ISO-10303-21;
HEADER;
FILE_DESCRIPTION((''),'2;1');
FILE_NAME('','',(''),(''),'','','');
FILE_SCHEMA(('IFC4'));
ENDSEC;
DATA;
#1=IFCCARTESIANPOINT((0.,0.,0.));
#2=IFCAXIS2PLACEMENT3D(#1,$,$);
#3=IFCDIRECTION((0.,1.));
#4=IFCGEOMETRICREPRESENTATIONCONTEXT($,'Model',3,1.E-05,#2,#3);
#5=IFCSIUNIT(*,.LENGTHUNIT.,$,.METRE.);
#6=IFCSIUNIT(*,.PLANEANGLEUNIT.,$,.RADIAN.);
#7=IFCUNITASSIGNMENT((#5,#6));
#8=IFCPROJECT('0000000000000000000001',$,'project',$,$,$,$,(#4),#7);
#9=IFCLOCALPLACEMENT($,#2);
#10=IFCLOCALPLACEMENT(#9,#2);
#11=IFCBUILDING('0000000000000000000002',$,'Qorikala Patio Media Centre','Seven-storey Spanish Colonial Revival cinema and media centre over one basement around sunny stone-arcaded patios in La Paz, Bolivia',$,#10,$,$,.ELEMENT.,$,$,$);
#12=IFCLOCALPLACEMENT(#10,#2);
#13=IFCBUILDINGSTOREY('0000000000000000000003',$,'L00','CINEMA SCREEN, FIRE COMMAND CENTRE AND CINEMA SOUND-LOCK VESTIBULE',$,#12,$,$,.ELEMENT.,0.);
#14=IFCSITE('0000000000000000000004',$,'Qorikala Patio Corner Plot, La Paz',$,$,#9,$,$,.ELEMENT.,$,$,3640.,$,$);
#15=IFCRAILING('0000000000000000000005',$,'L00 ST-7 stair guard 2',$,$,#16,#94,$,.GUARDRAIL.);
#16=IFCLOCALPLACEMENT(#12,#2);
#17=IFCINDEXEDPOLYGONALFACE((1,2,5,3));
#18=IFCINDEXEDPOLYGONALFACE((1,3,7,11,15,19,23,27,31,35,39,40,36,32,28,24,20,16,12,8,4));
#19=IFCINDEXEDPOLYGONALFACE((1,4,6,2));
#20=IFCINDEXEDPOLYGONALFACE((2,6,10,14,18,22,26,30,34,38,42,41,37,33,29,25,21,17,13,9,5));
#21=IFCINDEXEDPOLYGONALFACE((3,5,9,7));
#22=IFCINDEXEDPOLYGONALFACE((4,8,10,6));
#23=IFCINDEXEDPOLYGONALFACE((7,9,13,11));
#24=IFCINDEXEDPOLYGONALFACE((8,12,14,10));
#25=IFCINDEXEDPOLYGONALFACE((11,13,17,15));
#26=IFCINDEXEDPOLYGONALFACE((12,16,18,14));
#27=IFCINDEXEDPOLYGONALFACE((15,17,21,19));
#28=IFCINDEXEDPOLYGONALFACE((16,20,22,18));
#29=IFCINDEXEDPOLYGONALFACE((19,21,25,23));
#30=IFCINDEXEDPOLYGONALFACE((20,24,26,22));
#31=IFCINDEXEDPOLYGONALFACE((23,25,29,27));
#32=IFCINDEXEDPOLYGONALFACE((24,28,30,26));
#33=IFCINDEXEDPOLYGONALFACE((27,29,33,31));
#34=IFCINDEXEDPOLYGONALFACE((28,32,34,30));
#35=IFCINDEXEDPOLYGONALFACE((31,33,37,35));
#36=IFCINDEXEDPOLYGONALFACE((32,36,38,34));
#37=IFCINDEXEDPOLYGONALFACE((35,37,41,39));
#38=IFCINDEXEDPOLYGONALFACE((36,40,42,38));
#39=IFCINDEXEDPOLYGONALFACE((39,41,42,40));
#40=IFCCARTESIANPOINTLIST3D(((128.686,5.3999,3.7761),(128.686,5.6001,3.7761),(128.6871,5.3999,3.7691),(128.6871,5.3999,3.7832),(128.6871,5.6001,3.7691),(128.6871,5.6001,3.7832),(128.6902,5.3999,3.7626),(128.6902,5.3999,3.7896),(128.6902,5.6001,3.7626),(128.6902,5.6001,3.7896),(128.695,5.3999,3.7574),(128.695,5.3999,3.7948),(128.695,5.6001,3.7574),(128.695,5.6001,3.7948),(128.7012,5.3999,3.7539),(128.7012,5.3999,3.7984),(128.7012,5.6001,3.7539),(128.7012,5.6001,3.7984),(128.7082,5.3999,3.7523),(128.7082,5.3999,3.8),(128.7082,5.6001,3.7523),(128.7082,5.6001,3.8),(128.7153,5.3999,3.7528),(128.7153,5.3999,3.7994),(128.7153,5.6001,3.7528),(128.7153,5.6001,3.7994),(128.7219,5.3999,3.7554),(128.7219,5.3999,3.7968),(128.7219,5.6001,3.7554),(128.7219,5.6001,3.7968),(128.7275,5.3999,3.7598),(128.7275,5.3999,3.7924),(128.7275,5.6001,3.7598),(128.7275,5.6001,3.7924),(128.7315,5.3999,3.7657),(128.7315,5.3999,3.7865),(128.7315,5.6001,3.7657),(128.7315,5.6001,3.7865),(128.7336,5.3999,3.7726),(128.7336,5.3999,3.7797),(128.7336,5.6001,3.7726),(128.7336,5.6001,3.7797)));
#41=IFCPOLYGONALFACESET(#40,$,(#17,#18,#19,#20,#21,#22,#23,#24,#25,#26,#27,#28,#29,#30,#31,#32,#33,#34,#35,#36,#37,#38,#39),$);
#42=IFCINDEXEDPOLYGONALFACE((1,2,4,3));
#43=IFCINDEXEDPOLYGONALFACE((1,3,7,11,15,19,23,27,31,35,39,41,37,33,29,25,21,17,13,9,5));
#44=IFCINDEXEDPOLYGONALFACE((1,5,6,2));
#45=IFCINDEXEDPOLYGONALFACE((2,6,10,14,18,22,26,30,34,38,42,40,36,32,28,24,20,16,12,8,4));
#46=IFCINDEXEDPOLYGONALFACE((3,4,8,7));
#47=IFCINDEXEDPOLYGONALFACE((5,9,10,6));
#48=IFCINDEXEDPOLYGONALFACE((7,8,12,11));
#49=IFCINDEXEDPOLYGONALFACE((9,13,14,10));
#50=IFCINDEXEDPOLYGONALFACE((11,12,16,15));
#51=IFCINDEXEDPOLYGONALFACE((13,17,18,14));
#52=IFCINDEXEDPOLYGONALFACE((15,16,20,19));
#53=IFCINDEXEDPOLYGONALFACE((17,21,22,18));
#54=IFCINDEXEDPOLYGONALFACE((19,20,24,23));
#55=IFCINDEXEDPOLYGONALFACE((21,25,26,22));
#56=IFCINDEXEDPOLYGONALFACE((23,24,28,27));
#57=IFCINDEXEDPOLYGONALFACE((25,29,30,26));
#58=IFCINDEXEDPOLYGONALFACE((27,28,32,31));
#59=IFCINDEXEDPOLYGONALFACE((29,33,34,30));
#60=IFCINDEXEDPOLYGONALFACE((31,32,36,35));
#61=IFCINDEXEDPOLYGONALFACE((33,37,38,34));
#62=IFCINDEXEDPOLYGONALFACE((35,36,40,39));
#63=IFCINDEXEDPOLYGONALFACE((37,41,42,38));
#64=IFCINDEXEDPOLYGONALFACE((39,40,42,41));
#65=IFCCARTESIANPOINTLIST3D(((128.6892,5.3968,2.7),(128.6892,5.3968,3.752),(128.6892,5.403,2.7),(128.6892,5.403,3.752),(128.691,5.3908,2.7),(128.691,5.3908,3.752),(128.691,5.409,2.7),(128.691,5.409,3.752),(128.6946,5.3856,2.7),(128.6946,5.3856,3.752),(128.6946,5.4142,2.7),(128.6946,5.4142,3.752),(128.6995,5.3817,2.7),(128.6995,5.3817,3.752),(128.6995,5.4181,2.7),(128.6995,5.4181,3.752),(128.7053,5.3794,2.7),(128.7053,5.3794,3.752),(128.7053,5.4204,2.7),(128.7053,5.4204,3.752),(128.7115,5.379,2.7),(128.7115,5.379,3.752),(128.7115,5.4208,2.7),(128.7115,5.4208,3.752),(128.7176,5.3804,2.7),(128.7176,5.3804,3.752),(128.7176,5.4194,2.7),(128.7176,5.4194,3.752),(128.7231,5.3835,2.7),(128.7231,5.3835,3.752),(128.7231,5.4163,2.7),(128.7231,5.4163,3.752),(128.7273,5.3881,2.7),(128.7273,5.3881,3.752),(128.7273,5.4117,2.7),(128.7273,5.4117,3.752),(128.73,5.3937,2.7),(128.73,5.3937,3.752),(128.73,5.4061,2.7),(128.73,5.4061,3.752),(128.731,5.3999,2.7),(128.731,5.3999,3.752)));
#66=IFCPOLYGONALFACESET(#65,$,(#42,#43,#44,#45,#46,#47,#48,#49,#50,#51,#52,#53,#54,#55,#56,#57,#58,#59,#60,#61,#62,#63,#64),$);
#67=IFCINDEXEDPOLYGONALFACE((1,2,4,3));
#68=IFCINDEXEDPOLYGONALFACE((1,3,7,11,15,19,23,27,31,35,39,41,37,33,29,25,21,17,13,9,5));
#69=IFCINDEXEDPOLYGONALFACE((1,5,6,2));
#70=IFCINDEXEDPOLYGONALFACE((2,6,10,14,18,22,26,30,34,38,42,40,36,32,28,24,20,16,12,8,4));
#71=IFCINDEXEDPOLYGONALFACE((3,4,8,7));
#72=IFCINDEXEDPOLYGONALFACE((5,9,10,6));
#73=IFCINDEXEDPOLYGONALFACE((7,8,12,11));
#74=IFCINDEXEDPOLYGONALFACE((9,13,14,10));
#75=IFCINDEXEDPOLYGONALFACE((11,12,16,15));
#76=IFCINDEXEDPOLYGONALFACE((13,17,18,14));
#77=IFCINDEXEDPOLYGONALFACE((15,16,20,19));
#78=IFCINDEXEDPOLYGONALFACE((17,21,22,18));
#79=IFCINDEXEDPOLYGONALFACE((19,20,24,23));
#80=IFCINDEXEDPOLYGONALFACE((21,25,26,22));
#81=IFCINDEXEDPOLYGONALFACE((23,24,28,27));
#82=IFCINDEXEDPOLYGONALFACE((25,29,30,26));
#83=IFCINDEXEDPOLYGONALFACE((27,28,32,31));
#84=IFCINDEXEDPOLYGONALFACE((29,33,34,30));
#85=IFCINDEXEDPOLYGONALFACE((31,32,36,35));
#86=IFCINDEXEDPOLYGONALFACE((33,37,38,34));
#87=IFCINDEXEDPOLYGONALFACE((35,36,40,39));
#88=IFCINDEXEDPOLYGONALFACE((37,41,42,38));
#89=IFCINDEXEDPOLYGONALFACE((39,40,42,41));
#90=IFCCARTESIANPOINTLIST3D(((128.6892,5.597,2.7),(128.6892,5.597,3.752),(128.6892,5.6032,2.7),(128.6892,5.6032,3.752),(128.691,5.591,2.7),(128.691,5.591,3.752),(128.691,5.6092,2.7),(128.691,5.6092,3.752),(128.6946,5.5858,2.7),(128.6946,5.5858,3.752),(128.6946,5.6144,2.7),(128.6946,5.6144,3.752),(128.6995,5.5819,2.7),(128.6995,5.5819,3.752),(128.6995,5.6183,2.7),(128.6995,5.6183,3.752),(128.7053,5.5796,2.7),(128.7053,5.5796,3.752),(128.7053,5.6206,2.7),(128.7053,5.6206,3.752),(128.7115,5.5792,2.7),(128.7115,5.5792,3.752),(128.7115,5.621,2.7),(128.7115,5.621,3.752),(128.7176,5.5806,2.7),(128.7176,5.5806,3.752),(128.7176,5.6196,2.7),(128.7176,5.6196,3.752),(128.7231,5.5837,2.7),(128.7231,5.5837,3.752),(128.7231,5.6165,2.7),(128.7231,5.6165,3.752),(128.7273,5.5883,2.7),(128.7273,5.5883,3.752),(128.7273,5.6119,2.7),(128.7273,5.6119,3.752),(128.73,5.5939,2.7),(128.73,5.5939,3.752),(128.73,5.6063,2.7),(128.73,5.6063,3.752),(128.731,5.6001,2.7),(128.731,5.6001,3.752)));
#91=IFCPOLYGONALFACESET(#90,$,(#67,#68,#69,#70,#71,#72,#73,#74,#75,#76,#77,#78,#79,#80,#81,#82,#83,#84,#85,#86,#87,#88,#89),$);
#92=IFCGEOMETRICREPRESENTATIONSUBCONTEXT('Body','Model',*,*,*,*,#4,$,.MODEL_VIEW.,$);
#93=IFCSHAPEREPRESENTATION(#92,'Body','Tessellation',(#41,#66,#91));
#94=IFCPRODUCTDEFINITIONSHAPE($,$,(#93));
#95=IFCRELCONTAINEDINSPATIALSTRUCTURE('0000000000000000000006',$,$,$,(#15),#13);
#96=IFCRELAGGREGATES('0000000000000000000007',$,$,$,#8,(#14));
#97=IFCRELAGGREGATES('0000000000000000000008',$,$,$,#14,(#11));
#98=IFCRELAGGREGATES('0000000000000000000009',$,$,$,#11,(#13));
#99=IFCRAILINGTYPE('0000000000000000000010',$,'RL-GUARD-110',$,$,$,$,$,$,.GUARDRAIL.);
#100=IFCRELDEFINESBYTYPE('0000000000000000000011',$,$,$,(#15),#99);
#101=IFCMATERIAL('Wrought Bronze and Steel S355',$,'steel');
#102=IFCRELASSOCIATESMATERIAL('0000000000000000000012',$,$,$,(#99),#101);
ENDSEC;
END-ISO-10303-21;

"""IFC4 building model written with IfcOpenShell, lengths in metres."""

from ifc_helpers import new_model, si_unit, direction, frame, origin, origin_2d, place, context, subcontext, project, spatial, circle, extrude, material, type_object, element, save


model = new_model("IFC4")

# Units and contexts
model_context = context("Model", 3, precision=1e-05, world=origin(), true_north=direction((0.0, 1.0)))
body_context = subcontext(model_context, "Body", "Model", "MODEL_VIEW")
ifc_project = project(units=[si_unit("LENGTHUNIT", "METRE"), si_unit("PLANEANGLEUNIT", "RADIAN")], contexts=[model_context])

# Site, building, storey
site_placement = place(None, origin())
site = spatial("IfcSite", under=ifc_project, at=site_placement, Name="Qorikala Patio Corner Plot, La Paz", CompositionType="ELEMENT", RefElevation=3640.0)
building_placement = place(site_placement, origin())
building = spatial("IfcBuilding", under=site, at=building_placement, Name="Qorikala Patio Media Centre", Description="Seven-storey Spanish Colonial Revival cinema and media centre over one basement around sunny stone-arcaded patios in La Paz, Bolivia", CompositionType="ELEMENT")
storey_placement = place(building_placement, origin())
storey = spatial("IfcBuildingStorey", under=building, at=storey_placement, Name="L00", Description="CINEMA SCREEN, FIRE COMMAND CENTRE AND CINEMA SOUND-LOCK VESTIBULE", CompositionType="ELEMENT", Elevation=0.0)

# Railing
ifc_material_1 = material(Name="Wrought Bronze and Steel S355", Category="steel")
railing_type_1 = type_object("IfcRailingType", Name="RL-GUARD-110", PredefinedType="GUARDRAIL", material=ifc_material_1)
railing_1_placement = place(storey_placement, frame((128.71, 5.3999, 2.7)))
element("IfcRailing", 1, at=railing_1_placement, inside=storey, type_object=railing_type_1, Name="L00 ST-7 stair guard 2", PredefinedType="GUARDRAIL", context=body_context, shape_type="SweptSolid", body=[
    extrude(circle(Radius=0.0239, at=origin_2d()), frame((0.0, 0.0, 1.0762), z_axis=(0.0, 1.0, 0.0), x_axis=(-1.0, 0.0, 0.0)), (0.0, 0.0, 1.0), 0.2002),
    extrude(circle(Radius=0.021, at=origin_2d()), origin(), (0.0, 0.0, 1.0), 1.052),
    extrude(circle(Radius=0.021, at=origin_2d()), frame((0.0, 0.2002, 0.0)), (0.0, 0.0, 1.0), 1.052),
])

save(model, "model.ifc")
